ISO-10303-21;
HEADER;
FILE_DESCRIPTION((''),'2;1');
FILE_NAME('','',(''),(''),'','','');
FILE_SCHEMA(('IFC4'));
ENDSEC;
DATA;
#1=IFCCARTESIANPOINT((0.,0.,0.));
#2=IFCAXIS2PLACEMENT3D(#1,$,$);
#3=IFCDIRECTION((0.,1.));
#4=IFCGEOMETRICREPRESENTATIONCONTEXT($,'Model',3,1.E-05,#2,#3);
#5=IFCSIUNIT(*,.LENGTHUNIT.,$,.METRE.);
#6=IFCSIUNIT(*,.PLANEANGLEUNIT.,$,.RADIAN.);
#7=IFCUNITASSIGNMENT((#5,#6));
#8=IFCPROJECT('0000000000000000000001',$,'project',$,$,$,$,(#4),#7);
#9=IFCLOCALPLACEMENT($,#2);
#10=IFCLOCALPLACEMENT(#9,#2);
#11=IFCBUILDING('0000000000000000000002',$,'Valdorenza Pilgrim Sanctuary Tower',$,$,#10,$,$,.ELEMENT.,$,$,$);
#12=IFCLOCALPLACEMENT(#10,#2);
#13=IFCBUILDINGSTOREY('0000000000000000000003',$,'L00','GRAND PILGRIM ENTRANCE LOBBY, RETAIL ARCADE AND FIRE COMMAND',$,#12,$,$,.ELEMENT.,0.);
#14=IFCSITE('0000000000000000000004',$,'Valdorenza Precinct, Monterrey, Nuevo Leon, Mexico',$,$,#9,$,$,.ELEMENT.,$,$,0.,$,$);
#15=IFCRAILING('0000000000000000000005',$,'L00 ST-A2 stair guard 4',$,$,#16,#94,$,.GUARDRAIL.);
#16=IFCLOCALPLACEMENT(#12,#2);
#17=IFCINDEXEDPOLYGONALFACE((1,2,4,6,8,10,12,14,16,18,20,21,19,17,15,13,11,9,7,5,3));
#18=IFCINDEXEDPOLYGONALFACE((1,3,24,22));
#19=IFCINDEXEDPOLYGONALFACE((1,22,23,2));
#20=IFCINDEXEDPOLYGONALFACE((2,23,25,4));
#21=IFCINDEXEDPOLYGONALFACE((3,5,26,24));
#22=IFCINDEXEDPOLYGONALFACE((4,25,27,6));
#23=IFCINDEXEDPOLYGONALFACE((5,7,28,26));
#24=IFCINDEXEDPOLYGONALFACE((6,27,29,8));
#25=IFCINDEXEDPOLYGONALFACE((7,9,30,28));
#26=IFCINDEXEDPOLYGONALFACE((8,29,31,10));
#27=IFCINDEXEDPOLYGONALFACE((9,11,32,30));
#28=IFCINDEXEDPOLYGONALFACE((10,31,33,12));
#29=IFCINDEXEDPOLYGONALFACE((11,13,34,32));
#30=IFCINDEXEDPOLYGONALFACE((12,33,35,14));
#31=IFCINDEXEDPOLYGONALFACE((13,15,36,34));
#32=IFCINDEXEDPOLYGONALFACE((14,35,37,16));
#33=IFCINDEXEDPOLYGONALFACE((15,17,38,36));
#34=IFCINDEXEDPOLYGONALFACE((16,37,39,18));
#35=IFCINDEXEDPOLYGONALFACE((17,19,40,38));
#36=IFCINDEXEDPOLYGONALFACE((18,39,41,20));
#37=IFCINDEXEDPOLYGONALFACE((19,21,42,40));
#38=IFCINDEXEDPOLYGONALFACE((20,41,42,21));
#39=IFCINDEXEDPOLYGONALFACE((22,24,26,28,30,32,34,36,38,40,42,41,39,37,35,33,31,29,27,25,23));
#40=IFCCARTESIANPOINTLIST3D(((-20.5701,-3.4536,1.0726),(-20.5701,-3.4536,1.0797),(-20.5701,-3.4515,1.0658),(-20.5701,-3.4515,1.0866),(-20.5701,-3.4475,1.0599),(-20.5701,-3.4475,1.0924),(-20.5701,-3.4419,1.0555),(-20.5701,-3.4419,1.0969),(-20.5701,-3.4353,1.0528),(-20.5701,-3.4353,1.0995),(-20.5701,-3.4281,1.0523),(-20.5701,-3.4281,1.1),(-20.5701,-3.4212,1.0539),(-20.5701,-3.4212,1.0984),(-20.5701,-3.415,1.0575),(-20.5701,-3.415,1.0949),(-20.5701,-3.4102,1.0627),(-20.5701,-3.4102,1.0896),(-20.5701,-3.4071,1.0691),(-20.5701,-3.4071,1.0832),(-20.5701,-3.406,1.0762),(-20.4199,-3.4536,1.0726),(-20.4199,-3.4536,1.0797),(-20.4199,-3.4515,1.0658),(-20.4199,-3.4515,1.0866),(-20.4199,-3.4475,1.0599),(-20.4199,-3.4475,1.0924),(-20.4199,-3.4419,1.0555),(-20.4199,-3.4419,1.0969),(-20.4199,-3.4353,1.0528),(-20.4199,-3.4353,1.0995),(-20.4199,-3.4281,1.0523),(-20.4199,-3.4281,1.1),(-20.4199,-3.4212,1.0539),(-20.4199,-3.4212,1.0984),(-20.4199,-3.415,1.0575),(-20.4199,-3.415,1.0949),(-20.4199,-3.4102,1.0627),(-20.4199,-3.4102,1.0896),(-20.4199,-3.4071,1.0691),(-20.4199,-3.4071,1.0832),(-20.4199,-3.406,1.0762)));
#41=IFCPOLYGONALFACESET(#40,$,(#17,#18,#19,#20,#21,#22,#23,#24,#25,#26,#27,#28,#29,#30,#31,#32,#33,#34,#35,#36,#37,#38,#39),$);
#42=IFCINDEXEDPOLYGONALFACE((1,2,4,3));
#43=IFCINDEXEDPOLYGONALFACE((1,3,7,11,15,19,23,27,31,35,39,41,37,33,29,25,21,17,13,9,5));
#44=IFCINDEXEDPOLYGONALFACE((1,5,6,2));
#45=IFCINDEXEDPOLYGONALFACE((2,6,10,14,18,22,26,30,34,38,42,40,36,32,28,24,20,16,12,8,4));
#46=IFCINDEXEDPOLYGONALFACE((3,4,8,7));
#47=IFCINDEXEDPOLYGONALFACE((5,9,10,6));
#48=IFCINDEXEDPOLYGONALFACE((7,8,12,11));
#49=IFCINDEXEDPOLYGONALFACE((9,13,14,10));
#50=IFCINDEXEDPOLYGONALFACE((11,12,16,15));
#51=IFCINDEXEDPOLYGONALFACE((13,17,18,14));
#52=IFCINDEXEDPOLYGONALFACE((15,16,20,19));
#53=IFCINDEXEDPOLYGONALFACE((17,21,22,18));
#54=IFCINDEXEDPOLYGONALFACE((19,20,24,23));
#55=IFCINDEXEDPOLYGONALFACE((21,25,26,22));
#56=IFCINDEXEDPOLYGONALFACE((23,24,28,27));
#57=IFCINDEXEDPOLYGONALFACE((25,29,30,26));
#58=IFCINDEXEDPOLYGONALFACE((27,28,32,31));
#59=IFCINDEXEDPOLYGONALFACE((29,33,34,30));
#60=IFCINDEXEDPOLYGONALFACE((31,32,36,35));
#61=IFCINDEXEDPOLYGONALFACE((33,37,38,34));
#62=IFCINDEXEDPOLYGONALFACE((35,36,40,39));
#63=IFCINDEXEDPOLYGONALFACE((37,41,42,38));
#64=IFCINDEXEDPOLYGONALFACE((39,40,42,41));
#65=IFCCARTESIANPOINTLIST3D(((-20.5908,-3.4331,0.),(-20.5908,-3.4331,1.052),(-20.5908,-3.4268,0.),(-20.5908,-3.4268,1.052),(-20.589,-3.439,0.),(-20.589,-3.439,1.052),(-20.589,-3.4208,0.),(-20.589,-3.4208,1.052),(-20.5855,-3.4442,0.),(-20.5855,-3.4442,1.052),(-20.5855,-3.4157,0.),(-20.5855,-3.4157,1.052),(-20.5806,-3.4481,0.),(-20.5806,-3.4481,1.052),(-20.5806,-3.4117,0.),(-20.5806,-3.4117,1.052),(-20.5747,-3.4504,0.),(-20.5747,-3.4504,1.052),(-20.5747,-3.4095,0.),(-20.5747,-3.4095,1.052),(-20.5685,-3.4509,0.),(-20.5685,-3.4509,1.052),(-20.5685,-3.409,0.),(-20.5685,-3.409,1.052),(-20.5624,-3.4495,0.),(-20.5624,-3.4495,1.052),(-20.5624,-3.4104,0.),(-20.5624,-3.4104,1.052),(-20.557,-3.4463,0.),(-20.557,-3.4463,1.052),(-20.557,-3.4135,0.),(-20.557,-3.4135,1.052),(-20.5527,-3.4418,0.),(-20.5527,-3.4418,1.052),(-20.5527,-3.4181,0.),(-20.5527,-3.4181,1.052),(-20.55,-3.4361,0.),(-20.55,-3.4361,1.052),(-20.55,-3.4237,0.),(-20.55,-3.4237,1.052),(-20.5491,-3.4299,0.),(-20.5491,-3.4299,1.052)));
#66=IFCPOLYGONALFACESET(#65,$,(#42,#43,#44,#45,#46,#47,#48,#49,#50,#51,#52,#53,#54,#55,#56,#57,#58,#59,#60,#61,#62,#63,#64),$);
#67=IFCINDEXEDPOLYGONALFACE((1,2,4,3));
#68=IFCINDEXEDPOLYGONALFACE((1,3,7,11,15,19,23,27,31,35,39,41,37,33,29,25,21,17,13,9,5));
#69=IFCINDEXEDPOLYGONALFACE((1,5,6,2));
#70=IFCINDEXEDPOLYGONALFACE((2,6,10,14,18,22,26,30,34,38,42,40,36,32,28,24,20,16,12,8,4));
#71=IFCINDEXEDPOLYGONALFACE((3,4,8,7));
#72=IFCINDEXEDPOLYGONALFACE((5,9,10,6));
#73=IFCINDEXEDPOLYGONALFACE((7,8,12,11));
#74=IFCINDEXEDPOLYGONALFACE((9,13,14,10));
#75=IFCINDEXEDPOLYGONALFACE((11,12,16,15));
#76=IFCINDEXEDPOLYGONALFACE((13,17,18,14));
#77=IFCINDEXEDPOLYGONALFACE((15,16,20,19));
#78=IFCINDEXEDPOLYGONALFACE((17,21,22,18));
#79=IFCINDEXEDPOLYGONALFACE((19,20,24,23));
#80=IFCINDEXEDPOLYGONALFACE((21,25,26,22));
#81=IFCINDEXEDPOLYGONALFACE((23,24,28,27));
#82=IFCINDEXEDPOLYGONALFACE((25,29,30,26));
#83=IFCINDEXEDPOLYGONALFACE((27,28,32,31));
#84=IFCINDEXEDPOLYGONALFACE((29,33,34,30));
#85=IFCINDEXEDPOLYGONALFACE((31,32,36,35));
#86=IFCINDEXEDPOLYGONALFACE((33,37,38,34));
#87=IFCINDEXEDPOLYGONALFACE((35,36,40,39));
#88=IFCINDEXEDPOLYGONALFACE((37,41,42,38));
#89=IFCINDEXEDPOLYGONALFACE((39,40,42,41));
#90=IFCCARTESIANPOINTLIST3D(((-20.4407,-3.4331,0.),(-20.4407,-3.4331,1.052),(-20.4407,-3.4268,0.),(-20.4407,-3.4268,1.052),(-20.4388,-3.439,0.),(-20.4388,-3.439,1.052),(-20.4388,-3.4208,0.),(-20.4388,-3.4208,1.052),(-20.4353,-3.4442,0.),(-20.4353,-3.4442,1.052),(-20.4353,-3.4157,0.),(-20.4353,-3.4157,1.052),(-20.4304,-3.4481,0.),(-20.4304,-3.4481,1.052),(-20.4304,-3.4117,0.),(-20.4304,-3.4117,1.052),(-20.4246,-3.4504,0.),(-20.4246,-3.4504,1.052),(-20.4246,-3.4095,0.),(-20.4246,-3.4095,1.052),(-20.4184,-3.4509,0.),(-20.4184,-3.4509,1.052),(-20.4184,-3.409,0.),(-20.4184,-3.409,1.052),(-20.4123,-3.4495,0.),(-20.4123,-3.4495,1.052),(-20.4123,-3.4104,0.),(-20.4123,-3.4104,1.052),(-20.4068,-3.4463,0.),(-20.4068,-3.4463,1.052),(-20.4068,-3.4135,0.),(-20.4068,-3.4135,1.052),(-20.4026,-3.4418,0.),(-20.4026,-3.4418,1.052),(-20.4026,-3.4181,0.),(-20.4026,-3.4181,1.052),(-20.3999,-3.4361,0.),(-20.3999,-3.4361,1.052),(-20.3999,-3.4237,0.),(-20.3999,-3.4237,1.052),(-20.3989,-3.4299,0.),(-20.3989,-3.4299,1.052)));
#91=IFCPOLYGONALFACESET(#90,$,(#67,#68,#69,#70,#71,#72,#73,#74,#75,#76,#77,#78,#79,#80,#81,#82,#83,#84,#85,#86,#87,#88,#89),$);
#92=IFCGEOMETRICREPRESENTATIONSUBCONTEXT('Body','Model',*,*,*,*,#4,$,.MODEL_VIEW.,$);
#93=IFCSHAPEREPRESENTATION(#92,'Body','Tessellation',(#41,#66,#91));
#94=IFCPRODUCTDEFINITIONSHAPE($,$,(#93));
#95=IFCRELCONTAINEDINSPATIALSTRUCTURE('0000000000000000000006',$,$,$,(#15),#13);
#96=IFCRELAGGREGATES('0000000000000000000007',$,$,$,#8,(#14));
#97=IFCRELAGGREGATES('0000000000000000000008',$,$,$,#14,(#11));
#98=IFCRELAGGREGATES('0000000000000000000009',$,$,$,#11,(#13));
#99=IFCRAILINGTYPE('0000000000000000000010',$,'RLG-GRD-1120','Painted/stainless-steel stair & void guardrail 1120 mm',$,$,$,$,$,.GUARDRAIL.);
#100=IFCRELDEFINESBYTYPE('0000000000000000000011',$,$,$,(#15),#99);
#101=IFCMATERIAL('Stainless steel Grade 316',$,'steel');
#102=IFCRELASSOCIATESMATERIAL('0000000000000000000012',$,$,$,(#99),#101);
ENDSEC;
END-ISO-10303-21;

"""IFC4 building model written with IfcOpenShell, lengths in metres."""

from ifc_helpers import new_model, si_unit, direction, frame, origin, origin_2d, place, context, subcontext, project, spatial, circle, extrude, material, type_object, element, save


model = new_model("IFC4")

# Units and contexts
model_context = context("Model", 3, precision=1e-05, world=origin(), true_north=direction((0.0, 1.0)))
body_context = subcontext(model_context, "Body", "Model", "MODEL_VIEW")
ifc_project = project(units=[si_unit("LENGTHUNIT", "METRE"), si_unit("PLANEANGLEUNIT", "RADIAN")], contexts=[model_context])

# Site, building, storey
site_placement = place(None, origin())
site = spatial("IfcSite", under=ifc_project, at=site_placement, Name="Valdorenza Precinct, Monterrey, Nuevo Leon, Mexico", CompositionType="ELEMENT", RefElevation=0.0)
building_placement = place(site_placement, origin())
building = spatial("IfcBuilding", under=site, at=building_placement, Name="Valdorenza Pilgrim Sanctuary Tower", CompositionType="ELEMENT")
storey_placement = place(building_placement, origin())
storey = spatial("IfcBuildingStorey", under=building, at=storey_placement, Name="L00", Description="GRAND PILGRIM ENTRANCE LOBBY, RETAIL ARCADE AND FIRE COMMAND", CompositionType="ELEMENT", Elevation=0.0)

# Railing
ifc_material_1 = material(Name="Stainless steel Grade 316", Category="steel")
railing_type_1 = type_object("IfcRailingType", Name="RLG-GRD-1120", Description="Painted/stainless-steel stair & void guardrail 1120 mm", PredefinedType="GUARDRAIL", material=ifc_material_1)
railing_1_placement = place(storey_placement, frame((-20.5701, -3.4299, 0.0)))
element("IfcRailing", 1, at=railing_1_placement, inside=storey, type_object=railing_type_1, Name="L00 ST-A2 stair guard 4", PredefinedType="GUARDRAIL", context=body_context, shape_type="SweptSolid", body=[
    extrude(circle(Radius=0.0239, at=origin_2d()), frame((0.0, 0.0, 1.0762), z_axis=(1.0, 0.0, 0.0), x_axis=(0.0, 1.0, 0.0)), (0.0, 0.0, 1.0), 0.1501),
    extrude(circle(Radius=0.021, at=origin_2d()), origin(), (0.0, 0.0, 1.0), 1.052),
    extrude(circle(Radius=0.021, at=origin_2d()), frame((0.1501, 0.0, 0.0)), (0.0, 0.0, 1.0), 1.052),
])

save(model, "model.ifc")
